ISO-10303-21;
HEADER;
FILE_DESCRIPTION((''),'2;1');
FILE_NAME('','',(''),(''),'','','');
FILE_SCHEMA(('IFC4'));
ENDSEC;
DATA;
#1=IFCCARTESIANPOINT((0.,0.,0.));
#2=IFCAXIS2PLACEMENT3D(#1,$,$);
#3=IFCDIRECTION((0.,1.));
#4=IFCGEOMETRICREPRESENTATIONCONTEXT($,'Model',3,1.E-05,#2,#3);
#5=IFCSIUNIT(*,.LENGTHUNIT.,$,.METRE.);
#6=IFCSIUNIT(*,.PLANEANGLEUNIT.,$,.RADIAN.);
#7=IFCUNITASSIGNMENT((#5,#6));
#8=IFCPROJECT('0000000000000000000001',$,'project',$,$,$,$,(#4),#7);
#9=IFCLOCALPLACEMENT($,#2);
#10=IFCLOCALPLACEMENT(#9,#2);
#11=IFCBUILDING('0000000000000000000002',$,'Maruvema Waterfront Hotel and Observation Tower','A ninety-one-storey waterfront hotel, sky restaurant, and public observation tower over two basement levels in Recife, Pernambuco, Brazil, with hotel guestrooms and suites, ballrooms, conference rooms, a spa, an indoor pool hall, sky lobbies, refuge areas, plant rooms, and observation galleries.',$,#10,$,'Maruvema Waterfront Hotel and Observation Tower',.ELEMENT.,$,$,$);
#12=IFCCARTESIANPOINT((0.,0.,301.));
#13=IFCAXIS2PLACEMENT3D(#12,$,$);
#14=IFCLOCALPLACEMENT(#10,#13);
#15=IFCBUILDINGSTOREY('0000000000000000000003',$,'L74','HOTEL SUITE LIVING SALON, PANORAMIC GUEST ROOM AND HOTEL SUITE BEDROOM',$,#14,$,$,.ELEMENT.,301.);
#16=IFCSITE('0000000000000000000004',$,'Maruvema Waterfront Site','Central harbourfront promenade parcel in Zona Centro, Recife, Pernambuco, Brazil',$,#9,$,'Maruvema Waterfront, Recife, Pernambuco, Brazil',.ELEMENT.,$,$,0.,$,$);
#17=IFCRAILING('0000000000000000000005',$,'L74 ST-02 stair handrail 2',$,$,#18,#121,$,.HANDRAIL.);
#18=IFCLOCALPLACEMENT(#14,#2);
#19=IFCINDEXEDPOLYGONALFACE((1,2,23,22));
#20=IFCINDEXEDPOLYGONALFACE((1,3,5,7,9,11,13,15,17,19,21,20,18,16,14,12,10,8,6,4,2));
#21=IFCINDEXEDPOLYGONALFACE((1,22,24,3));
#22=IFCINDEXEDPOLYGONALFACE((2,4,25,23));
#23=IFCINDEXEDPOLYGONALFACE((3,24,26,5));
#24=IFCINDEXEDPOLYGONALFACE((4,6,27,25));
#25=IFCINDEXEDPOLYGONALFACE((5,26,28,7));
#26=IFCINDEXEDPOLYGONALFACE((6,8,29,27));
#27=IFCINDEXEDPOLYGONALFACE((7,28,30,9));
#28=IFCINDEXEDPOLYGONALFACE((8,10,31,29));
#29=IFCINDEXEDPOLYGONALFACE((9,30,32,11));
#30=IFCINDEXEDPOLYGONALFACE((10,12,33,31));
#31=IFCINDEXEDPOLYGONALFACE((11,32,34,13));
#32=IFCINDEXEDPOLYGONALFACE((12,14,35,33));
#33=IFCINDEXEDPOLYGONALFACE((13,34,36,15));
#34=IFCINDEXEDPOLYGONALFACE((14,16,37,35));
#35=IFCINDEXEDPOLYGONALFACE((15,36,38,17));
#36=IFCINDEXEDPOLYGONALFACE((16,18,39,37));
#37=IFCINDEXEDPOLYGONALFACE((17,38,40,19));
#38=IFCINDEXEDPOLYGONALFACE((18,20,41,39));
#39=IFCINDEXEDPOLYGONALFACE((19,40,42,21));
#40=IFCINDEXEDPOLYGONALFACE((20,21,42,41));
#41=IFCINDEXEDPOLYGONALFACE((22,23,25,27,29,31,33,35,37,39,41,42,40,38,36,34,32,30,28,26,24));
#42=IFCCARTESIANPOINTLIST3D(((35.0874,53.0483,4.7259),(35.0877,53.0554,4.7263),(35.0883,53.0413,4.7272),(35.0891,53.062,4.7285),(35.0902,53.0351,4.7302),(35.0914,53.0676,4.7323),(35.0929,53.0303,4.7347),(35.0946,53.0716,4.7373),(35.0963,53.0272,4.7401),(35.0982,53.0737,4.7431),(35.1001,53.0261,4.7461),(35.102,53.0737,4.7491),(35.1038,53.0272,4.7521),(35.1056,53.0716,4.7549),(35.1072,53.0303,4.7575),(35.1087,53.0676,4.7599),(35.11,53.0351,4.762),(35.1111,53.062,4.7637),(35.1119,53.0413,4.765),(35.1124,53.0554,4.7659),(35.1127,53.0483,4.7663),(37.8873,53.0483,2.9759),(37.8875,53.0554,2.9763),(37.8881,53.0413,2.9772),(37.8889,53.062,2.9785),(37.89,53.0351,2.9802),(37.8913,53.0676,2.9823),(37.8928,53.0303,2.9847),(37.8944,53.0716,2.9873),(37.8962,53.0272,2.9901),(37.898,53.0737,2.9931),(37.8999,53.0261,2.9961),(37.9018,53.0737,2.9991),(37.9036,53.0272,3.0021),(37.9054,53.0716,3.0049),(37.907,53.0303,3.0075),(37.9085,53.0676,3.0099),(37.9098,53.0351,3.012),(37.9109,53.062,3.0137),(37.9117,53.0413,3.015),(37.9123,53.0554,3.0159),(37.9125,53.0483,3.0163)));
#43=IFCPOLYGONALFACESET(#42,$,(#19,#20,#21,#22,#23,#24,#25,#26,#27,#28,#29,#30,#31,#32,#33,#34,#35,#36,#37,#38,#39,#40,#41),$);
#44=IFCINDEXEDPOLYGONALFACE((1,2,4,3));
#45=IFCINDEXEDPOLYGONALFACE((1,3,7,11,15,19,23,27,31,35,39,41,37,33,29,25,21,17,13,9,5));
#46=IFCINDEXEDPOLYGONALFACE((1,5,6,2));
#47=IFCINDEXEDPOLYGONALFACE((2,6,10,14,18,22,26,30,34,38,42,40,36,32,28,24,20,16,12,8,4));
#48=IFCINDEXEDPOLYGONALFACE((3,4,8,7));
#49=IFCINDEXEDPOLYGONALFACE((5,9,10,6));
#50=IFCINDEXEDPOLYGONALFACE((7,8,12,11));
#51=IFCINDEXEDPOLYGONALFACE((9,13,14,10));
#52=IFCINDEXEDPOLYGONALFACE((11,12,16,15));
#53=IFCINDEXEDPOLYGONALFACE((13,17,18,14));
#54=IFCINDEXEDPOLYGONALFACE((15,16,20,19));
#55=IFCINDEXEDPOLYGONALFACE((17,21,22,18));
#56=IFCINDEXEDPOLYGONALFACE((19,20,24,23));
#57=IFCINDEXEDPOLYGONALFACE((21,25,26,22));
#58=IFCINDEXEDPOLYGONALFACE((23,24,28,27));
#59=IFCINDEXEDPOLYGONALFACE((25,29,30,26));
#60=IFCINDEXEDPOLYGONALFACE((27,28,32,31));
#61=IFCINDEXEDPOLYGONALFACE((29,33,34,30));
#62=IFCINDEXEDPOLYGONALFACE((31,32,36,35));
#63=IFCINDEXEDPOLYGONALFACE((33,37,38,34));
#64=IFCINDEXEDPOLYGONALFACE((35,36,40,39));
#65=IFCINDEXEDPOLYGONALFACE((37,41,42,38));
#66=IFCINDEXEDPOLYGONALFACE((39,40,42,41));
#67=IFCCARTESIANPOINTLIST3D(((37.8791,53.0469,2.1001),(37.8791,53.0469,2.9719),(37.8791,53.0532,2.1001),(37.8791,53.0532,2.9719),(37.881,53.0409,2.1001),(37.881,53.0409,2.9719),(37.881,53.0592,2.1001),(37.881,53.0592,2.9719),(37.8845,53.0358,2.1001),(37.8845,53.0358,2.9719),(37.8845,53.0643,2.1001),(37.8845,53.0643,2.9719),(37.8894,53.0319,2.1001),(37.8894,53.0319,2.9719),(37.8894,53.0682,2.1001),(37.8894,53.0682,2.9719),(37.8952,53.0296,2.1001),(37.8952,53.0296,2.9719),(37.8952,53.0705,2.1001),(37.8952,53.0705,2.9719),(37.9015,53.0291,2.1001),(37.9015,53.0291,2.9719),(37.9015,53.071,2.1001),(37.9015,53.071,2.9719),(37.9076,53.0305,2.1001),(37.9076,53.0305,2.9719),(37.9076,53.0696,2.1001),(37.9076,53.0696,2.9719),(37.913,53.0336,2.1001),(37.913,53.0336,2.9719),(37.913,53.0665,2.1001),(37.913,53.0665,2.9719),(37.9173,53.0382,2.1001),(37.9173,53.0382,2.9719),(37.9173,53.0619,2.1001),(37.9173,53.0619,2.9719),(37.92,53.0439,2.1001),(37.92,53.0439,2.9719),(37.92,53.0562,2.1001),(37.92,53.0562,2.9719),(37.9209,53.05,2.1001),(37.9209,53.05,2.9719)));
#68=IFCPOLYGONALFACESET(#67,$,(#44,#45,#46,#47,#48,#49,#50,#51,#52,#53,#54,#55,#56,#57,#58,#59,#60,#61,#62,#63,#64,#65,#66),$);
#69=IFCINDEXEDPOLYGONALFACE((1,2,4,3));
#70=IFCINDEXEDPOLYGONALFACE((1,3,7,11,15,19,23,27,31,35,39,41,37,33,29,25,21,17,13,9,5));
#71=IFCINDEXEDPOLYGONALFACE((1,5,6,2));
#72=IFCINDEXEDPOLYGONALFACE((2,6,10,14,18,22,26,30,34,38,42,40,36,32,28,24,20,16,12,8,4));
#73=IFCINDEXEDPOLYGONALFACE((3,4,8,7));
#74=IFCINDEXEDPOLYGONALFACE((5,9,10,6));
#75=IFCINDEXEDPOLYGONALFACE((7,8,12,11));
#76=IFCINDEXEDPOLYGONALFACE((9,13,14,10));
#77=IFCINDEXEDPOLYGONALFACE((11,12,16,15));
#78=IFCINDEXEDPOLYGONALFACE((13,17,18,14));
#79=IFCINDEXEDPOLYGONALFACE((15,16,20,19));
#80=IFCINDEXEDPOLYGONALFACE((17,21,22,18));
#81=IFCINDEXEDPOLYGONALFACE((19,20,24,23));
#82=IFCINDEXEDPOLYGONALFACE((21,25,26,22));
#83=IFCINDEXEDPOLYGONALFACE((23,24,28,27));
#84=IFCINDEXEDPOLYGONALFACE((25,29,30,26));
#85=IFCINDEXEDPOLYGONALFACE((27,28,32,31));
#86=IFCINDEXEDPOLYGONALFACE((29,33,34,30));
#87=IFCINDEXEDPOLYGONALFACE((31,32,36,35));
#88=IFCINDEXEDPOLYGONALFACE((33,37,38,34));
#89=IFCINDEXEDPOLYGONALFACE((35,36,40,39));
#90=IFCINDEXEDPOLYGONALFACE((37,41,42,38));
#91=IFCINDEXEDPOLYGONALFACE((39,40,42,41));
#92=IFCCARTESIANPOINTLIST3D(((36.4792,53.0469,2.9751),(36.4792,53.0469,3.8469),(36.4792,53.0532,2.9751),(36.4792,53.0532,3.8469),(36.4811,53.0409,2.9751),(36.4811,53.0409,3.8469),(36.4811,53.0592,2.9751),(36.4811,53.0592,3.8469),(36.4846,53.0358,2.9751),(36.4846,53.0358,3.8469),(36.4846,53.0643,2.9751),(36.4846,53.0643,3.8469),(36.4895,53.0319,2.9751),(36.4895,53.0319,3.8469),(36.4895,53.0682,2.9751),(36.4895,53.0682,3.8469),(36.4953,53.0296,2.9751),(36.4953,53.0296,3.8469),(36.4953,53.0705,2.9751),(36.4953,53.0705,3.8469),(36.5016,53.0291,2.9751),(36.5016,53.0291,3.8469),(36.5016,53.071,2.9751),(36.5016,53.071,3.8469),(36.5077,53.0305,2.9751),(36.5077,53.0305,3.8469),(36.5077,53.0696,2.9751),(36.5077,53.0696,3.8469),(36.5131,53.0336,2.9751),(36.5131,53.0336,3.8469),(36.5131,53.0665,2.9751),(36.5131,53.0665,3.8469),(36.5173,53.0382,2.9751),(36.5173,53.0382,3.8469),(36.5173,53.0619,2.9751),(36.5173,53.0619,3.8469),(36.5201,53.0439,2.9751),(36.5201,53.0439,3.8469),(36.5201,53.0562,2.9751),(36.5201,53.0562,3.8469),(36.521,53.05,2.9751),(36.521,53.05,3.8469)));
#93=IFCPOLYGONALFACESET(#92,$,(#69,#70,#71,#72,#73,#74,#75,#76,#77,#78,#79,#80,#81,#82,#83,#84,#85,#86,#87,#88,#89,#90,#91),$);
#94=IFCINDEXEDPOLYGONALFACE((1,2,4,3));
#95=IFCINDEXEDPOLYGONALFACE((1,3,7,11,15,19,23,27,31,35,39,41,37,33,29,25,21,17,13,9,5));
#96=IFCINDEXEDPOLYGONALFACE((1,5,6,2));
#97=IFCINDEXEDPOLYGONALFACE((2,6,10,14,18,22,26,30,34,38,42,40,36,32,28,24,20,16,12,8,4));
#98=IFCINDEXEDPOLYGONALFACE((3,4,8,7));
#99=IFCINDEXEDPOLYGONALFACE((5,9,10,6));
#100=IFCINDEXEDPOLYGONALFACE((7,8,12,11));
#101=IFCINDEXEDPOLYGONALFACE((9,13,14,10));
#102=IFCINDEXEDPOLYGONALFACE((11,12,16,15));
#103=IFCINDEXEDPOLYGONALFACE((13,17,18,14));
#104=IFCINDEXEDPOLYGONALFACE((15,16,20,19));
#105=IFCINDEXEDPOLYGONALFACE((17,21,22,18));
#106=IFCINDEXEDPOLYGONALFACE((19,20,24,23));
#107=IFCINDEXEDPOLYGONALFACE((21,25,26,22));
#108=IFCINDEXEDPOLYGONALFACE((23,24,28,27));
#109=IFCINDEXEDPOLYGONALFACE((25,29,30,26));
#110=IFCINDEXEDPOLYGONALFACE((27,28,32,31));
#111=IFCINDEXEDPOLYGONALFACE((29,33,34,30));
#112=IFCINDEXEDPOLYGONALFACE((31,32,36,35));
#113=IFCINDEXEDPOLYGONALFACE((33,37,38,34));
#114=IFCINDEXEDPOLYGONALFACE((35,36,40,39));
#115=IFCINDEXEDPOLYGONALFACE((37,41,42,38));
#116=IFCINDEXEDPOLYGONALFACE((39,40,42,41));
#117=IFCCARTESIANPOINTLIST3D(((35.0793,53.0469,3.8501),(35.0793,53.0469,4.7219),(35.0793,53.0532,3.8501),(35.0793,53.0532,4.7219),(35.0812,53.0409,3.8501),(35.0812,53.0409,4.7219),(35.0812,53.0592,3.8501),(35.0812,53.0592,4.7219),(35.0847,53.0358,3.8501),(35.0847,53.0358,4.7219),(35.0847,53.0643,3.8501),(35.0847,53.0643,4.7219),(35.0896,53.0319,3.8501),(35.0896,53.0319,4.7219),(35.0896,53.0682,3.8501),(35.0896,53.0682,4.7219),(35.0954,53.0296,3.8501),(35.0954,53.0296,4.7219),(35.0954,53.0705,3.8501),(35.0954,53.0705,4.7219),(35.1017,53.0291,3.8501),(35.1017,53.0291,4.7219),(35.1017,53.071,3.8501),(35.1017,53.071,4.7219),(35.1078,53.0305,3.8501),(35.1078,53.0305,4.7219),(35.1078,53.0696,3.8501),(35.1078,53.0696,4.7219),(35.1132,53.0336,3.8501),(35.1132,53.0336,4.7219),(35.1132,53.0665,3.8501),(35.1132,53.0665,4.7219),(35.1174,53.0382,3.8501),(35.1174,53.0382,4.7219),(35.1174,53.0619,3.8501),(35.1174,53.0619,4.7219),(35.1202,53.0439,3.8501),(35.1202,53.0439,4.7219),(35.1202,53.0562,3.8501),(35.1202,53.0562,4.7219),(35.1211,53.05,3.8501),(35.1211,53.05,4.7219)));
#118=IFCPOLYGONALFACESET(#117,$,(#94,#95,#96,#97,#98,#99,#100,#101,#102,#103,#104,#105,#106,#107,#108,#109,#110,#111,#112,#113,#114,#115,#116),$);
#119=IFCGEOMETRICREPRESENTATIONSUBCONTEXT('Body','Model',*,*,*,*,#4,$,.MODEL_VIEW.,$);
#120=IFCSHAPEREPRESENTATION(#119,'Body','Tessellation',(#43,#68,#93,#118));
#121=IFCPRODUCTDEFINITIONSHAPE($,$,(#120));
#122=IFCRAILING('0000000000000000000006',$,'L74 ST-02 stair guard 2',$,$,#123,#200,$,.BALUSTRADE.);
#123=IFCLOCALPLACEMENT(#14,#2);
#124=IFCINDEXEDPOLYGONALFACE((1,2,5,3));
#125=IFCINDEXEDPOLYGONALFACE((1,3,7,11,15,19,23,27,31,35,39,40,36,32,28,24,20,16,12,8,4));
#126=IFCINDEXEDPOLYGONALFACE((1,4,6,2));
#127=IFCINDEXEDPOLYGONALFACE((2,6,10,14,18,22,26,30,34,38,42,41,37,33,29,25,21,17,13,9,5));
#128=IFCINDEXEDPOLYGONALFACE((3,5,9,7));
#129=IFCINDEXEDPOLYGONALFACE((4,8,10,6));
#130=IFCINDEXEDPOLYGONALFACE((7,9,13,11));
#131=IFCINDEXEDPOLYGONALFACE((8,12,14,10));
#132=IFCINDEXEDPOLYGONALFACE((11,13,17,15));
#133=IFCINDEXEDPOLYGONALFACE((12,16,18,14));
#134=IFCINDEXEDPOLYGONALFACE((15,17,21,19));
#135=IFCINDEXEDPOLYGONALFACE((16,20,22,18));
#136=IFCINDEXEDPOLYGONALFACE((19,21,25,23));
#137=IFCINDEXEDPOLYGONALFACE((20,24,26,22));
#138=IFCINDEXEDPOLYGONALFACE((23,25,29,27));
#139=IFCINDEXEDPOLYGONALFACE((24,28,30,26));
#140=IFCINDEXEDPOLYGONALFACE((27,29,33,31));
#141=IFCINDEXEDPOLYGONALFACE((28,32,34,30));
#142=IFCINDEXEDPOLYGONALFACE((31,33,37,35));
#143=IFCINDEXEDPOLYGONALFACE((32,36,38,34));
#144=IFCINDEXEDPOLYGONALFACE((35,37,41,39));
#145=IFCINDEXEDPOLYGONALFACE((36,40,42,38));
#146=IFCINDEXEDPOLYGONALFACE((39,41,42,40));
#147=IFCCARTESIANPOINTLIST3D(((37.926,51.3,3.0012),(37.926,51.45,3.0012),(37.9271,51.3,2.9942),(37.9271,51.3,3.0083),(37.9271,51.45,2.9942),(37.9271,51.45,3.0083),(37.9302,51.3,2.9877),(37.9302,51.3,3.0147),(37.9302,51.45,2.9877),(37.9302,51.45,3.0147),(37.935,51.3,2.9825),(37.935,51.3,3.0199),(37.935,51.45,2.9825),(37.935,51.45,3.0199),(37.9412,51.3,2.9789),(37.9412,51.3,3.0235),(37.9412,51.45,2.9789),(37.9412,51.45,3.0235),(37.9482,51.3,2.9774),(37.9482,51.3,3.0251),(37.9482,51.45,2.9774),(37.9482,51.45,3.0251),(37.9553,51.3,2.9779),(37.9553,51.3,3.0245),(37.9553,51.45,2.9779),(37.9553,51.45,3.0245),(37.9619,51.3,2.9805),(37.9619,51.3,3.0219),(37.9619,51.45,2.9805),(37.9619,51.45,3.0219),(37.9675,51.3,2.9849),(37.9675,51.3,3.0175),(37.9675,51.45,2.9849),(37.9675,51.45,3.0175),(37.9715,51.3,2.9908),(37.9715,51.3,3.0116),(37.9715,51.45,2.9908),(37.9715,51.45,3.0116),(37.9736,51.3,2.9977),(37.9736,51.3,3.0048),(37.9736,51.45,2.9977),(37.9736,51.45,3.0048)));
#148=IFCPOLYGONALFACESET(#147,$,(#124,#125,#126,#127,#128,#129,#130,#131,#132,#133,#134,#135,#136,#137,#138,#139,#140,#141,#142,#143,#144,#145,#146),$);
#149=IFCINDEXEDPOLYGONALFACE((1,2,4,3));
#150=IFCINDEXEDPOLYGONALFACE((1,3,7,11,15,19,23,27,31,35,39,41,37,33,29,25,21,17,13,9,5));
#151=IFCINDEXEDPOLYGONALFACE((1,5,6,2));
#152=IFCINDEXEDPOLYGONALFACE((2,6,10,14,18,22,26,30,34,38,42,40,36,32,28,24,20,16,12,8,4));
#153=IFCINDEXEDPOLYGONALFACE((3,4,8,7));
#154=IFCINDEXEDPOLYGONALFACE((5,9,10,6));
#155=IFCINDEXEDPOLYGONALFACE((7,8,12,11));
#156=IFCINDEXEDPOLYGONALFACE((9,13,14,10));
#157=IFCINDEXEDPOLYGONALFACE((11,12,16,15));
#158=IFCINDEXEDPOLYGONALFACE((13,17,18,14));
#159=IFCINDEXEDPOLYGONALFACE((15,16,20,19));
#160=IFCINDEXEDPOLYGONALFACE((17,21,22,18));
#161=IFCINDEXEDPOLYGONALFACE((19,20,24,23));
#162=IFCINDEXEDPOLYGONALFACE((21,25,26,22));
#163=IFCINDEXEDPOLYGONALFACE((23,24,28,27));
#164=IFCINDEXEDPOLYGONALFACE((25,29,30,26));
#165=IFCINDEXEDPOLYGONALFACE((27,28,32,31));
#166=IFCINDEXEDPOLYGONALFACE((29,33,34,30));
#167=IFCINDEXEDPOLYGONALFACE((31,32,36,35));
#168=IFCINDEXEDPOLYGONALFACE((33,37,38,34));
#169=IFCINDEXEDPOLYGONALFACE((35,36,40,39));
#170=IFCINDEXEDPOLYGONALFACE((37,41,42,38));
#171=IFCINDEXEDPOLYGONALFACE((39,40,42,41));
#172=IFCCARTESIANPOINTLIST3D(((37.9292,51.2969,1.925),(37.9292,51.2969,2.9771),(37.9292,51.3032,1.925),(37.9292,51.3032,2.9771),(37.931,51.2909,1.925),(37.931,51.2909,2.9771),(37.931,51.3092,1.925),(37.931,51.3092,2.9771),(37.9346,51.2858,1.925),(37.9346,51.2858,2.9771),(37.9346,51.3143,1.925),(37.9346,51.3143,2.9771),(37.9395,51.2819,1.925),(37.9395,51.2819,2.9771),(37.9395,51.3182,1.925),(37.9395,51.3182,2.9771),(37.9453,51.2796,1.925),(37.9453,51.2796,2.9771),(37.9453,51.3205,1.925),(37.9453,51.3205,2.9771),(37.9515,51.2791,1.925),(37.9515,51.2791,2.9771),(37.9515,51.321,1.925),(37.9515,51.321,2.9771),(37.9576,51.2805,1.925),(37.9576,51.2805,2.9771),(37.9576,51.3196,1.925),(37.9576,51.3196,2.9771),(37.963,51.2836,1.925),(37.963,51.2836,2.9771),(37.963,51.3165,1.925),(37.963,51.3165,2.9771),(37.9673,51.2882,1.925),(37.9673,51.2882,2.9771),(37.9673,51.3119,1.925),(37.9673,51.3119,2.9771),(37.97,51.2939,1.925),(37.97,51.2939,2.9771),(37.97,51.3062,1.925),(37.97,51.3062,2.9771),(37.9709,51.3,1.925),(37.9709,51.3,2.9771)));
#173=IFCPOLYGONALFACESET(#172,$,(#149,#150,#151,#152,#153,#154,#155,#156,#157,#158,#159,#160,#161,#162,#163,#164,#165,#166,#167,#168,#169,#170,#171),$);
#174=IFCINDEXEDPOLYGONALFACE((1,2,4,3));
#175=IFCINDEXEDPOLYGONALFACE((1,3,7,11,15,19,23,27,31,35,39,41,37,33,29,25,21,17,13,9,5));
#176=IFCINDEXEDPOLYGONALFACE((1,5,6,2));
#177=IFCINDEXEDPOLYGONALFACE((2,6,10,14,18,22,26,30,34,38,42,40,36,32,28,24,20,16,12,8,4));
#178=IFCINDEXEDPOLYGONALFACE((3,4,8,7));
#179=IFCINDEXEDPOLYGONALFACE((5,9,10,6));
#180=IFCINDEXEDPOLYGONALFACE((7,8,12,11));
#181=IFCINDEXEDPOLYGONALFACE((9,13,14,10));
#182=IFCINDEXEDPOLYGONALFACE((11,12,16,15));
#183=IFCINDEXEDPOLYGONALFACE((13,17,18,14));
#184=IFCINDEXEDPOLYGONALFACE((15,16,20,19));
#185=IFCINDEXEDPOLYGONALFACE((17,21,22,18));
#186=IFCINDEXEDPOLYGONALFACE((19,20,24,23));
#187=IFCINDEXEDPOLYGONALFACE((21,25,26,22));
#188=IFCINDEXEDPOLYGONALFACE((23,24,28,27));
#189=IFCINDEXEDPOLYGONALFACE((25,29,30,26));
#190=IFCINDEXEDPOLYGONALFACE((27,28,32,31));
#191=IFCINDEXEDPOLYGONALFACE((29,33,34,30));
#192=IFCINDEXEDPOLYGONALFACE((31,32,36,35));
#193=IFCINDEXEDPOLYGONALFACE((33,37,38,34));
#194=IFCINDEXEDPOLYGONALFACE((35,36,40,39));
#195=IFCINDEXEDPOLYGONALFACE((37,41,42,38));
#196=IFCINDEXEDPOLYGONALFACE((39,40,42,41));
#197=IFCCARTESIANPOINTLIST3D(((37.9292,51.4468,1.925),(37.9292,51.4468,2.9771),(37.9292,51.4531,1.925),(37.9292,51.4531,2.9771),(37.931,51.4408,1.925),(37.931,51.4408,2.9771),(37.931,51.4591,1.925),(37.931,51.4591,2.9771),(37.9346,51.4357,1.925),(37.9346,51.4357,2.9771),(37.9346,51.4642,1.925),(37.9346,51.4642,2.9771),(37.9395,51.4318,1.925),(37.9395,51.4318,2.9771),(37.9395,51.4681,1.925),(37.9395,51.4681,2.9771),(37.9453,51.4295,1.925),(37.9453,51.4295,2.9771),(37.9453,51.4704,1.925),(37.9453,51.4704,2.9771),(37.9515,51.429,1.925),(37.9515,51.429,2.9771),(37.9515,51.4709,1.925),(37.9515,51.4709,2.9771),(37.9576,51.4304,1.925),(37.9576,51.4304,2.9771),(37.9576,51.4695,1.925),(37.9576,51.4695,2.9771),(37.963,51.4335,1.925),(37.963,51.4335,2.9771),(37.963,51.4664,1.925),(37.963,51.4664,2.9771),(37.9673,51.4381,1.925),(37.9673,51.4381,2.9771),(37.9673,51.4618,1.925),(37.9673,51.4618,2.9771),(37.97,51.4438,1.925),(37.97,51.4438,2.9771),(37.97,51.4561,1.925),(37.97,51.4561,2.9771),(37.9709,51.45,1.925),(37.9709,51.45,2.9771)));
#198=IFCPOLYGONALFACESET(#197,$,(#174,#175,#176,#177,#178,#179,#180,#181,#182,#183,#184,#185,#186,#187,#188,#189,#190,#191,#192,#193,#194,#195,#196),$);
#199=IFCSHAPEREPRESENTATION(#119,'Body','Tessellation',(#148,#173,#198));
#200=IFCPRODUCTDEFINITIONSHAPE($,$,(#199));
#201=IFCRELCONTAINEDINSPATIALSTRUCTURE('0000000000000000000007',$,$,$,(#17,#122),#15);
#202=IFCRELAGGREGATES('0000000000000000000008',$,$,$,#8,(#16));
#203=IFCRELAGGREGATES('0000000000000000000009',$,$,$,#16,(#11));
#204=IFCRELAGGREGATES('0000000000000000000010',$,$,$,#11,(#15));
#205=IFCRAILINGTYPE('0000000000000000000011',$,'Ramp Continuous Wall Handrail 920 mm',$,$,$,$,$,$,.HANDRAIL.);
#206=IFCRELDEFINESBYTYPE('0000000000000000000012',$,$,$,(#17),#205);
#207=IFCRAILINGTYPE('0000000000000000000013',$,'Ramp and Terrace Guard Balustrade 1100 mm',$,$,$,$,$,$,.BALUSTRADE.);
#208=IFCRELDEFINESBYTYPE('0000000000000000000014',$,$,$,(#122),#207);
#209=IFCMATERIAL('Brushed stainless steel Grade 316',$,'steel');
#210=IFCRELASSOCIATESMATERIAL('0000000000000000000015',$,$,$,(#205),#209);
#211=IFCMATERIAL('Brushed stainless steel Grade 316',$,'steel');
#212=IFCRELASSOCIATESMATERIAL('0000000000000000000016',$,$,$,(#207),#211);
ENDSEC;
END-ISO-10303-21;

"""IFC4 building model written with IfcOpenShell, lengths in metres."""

from ifc_helpers import new_model, si_unit, direction, frame, origin, origin_2d, place, context, subcontext, project, spatial, circle, extrude, material, type_object, element, save


model = new_model("IFC4")

# Units and contexts
model_context = context("Model", 3, precision=1e-05, world=origin(), true_north=direction((0.0, 1.0)))
body_context = subcontext(model_context, "Body", "Model", "MODEL_VIEW")
ifc_project = project(units=[si_unit("LENGTHUNIT", "METRE"), si_unit("PLANEANGLEUNIT", "RADIAN")], contexts=[model_context])

# Site, building, storey
site_placement = place(None, origin())
site = spatial("IfcSite", under=ifc_project, at=site_placement, Name="Maruvema Waterfront Site", Description="Central harbourfront promenade parcel in Zona Centro, Recife, Pernambuco, Brazil", LongName="Maruvema Waterfront, Recife, Pernambuco, Brazil", CompositionType="ELEMENT", RefElevation=0.0)
building_placement = place(site_placement, origin())
building = spatial("IfcBuilding", under=site, at=building_placement, Name="Maruvema Waterfront Hotel and Observation Tower", Description="A ninety-one-storey waterfront hotel, sky restaurant, and public observation tower over two basement levels in Recife, Pernambuco, Brazil, with hotel guestrooms and suites, ballrooms, conference rooms, a spa, an indoor pool hall, sky lobbies, refuge areas, plant rooms, and observation galleries.", LongName="Maruvema Waterfront Hotel and Observation Tower", CompositionType="ELEMENT")
storey_placement = place(building_placement, frame((0.0, 0.0, 301.0)))
storey = spatial("IfcBuildingStorey", under=building, at=storey_placement, Name="L74", Description="HOTEL SUITE LIVING SALON, PANORAMIC GUEST ROOM AND HOTEL SUITE BEDROOM", CompositionType="ELEMENT", Elevation=301.0)

# Railings
ifc_material_1 = material(Name="Brushed stainless steel Grade 316", Category="steel")
railing_type_1 = type_object("IfcRailingType", Name="Ramp Continuous Wall Handrail 920 mm", PredefinedType="HANDRAIL", material=ifc_material_1)
railing_1_placement = place(storey_placement, frame((37.8999, 53.05, 2.1001)))
element("IfcRailing", 1, at=railing_1_placement, inside=storey, type_object=railing_type_1, Name="L74 ST-02 stair handrail 2", PredefinedType="HANDRAIL", context=body_context, shape_type="SweptSolid", body=[
    extrude(circle(Radius=0.0239, at=origin_2d()), frame((0.0, 0.0, 0.896), z_axis=(-0.847982, 0.0, 0.530026), x_axis=(0.0, -1.0, 0.0)), (0.0, 0.0, 1.0), 3.3018),
    extrude(circle(Radius=0.021, at=origin_2d()), origin(), (0.0, 0.0, 1.0), 0.8718),
    extrude(circle(Radius=0.021, at=origin_2d()), frame((-1.3999, 0.0, 0.875)), (0.0, 0.0, 1.0), 0.8718),
    extrude(circle(Radius=0.021, at=origin_2d()), frame((-2.7998, 0.0, 1.75)), (0.0, 0.0, 1.0), 0.8718),
])
ifc_material_2 = material(Name="Brushed stainless steel Grade 316", Category="steel")
railing_type_2 = type_object("IfcRailingType", Name="Ramp and Terrace Guard Balustrade 1100 mm", PredefinedType="BALUSTRADE", material=ifc_material_2)
railing_2_placement = place(storey_placement, frame((37.95, 51.3, 1.925)))
element("IfcRailing", 2, at=railing_2_placement, inside=storey, type_object=railing_type_2, Name="L74 ST-02 stair guard 2", PredefinedType="BALUSTRADE", context=body_context, shape_type="SweptSolid", body=[
    extrude(circle(Radius=0.0239, at=origin_2d()), frame((0.0, 0.0, 1.0762), z_axis=(0.0, 1.0, 0.0), x_axis=(-1.0, 0.0, 0.0)), (0.0, 0.0, 1.0), 0.1499),
    extrude(circle(Radius=0.021, at=origin_2d()), origin(), (0.0, 0.0, 1.0), 1.052),
    extrude(circle(Radius=0.021, at=origin_2d()), frame((0.0, 0.1499, 0.0)), (0.0, 0.0, 1.0), 1.052),
])

save(model, "model.ifc")
